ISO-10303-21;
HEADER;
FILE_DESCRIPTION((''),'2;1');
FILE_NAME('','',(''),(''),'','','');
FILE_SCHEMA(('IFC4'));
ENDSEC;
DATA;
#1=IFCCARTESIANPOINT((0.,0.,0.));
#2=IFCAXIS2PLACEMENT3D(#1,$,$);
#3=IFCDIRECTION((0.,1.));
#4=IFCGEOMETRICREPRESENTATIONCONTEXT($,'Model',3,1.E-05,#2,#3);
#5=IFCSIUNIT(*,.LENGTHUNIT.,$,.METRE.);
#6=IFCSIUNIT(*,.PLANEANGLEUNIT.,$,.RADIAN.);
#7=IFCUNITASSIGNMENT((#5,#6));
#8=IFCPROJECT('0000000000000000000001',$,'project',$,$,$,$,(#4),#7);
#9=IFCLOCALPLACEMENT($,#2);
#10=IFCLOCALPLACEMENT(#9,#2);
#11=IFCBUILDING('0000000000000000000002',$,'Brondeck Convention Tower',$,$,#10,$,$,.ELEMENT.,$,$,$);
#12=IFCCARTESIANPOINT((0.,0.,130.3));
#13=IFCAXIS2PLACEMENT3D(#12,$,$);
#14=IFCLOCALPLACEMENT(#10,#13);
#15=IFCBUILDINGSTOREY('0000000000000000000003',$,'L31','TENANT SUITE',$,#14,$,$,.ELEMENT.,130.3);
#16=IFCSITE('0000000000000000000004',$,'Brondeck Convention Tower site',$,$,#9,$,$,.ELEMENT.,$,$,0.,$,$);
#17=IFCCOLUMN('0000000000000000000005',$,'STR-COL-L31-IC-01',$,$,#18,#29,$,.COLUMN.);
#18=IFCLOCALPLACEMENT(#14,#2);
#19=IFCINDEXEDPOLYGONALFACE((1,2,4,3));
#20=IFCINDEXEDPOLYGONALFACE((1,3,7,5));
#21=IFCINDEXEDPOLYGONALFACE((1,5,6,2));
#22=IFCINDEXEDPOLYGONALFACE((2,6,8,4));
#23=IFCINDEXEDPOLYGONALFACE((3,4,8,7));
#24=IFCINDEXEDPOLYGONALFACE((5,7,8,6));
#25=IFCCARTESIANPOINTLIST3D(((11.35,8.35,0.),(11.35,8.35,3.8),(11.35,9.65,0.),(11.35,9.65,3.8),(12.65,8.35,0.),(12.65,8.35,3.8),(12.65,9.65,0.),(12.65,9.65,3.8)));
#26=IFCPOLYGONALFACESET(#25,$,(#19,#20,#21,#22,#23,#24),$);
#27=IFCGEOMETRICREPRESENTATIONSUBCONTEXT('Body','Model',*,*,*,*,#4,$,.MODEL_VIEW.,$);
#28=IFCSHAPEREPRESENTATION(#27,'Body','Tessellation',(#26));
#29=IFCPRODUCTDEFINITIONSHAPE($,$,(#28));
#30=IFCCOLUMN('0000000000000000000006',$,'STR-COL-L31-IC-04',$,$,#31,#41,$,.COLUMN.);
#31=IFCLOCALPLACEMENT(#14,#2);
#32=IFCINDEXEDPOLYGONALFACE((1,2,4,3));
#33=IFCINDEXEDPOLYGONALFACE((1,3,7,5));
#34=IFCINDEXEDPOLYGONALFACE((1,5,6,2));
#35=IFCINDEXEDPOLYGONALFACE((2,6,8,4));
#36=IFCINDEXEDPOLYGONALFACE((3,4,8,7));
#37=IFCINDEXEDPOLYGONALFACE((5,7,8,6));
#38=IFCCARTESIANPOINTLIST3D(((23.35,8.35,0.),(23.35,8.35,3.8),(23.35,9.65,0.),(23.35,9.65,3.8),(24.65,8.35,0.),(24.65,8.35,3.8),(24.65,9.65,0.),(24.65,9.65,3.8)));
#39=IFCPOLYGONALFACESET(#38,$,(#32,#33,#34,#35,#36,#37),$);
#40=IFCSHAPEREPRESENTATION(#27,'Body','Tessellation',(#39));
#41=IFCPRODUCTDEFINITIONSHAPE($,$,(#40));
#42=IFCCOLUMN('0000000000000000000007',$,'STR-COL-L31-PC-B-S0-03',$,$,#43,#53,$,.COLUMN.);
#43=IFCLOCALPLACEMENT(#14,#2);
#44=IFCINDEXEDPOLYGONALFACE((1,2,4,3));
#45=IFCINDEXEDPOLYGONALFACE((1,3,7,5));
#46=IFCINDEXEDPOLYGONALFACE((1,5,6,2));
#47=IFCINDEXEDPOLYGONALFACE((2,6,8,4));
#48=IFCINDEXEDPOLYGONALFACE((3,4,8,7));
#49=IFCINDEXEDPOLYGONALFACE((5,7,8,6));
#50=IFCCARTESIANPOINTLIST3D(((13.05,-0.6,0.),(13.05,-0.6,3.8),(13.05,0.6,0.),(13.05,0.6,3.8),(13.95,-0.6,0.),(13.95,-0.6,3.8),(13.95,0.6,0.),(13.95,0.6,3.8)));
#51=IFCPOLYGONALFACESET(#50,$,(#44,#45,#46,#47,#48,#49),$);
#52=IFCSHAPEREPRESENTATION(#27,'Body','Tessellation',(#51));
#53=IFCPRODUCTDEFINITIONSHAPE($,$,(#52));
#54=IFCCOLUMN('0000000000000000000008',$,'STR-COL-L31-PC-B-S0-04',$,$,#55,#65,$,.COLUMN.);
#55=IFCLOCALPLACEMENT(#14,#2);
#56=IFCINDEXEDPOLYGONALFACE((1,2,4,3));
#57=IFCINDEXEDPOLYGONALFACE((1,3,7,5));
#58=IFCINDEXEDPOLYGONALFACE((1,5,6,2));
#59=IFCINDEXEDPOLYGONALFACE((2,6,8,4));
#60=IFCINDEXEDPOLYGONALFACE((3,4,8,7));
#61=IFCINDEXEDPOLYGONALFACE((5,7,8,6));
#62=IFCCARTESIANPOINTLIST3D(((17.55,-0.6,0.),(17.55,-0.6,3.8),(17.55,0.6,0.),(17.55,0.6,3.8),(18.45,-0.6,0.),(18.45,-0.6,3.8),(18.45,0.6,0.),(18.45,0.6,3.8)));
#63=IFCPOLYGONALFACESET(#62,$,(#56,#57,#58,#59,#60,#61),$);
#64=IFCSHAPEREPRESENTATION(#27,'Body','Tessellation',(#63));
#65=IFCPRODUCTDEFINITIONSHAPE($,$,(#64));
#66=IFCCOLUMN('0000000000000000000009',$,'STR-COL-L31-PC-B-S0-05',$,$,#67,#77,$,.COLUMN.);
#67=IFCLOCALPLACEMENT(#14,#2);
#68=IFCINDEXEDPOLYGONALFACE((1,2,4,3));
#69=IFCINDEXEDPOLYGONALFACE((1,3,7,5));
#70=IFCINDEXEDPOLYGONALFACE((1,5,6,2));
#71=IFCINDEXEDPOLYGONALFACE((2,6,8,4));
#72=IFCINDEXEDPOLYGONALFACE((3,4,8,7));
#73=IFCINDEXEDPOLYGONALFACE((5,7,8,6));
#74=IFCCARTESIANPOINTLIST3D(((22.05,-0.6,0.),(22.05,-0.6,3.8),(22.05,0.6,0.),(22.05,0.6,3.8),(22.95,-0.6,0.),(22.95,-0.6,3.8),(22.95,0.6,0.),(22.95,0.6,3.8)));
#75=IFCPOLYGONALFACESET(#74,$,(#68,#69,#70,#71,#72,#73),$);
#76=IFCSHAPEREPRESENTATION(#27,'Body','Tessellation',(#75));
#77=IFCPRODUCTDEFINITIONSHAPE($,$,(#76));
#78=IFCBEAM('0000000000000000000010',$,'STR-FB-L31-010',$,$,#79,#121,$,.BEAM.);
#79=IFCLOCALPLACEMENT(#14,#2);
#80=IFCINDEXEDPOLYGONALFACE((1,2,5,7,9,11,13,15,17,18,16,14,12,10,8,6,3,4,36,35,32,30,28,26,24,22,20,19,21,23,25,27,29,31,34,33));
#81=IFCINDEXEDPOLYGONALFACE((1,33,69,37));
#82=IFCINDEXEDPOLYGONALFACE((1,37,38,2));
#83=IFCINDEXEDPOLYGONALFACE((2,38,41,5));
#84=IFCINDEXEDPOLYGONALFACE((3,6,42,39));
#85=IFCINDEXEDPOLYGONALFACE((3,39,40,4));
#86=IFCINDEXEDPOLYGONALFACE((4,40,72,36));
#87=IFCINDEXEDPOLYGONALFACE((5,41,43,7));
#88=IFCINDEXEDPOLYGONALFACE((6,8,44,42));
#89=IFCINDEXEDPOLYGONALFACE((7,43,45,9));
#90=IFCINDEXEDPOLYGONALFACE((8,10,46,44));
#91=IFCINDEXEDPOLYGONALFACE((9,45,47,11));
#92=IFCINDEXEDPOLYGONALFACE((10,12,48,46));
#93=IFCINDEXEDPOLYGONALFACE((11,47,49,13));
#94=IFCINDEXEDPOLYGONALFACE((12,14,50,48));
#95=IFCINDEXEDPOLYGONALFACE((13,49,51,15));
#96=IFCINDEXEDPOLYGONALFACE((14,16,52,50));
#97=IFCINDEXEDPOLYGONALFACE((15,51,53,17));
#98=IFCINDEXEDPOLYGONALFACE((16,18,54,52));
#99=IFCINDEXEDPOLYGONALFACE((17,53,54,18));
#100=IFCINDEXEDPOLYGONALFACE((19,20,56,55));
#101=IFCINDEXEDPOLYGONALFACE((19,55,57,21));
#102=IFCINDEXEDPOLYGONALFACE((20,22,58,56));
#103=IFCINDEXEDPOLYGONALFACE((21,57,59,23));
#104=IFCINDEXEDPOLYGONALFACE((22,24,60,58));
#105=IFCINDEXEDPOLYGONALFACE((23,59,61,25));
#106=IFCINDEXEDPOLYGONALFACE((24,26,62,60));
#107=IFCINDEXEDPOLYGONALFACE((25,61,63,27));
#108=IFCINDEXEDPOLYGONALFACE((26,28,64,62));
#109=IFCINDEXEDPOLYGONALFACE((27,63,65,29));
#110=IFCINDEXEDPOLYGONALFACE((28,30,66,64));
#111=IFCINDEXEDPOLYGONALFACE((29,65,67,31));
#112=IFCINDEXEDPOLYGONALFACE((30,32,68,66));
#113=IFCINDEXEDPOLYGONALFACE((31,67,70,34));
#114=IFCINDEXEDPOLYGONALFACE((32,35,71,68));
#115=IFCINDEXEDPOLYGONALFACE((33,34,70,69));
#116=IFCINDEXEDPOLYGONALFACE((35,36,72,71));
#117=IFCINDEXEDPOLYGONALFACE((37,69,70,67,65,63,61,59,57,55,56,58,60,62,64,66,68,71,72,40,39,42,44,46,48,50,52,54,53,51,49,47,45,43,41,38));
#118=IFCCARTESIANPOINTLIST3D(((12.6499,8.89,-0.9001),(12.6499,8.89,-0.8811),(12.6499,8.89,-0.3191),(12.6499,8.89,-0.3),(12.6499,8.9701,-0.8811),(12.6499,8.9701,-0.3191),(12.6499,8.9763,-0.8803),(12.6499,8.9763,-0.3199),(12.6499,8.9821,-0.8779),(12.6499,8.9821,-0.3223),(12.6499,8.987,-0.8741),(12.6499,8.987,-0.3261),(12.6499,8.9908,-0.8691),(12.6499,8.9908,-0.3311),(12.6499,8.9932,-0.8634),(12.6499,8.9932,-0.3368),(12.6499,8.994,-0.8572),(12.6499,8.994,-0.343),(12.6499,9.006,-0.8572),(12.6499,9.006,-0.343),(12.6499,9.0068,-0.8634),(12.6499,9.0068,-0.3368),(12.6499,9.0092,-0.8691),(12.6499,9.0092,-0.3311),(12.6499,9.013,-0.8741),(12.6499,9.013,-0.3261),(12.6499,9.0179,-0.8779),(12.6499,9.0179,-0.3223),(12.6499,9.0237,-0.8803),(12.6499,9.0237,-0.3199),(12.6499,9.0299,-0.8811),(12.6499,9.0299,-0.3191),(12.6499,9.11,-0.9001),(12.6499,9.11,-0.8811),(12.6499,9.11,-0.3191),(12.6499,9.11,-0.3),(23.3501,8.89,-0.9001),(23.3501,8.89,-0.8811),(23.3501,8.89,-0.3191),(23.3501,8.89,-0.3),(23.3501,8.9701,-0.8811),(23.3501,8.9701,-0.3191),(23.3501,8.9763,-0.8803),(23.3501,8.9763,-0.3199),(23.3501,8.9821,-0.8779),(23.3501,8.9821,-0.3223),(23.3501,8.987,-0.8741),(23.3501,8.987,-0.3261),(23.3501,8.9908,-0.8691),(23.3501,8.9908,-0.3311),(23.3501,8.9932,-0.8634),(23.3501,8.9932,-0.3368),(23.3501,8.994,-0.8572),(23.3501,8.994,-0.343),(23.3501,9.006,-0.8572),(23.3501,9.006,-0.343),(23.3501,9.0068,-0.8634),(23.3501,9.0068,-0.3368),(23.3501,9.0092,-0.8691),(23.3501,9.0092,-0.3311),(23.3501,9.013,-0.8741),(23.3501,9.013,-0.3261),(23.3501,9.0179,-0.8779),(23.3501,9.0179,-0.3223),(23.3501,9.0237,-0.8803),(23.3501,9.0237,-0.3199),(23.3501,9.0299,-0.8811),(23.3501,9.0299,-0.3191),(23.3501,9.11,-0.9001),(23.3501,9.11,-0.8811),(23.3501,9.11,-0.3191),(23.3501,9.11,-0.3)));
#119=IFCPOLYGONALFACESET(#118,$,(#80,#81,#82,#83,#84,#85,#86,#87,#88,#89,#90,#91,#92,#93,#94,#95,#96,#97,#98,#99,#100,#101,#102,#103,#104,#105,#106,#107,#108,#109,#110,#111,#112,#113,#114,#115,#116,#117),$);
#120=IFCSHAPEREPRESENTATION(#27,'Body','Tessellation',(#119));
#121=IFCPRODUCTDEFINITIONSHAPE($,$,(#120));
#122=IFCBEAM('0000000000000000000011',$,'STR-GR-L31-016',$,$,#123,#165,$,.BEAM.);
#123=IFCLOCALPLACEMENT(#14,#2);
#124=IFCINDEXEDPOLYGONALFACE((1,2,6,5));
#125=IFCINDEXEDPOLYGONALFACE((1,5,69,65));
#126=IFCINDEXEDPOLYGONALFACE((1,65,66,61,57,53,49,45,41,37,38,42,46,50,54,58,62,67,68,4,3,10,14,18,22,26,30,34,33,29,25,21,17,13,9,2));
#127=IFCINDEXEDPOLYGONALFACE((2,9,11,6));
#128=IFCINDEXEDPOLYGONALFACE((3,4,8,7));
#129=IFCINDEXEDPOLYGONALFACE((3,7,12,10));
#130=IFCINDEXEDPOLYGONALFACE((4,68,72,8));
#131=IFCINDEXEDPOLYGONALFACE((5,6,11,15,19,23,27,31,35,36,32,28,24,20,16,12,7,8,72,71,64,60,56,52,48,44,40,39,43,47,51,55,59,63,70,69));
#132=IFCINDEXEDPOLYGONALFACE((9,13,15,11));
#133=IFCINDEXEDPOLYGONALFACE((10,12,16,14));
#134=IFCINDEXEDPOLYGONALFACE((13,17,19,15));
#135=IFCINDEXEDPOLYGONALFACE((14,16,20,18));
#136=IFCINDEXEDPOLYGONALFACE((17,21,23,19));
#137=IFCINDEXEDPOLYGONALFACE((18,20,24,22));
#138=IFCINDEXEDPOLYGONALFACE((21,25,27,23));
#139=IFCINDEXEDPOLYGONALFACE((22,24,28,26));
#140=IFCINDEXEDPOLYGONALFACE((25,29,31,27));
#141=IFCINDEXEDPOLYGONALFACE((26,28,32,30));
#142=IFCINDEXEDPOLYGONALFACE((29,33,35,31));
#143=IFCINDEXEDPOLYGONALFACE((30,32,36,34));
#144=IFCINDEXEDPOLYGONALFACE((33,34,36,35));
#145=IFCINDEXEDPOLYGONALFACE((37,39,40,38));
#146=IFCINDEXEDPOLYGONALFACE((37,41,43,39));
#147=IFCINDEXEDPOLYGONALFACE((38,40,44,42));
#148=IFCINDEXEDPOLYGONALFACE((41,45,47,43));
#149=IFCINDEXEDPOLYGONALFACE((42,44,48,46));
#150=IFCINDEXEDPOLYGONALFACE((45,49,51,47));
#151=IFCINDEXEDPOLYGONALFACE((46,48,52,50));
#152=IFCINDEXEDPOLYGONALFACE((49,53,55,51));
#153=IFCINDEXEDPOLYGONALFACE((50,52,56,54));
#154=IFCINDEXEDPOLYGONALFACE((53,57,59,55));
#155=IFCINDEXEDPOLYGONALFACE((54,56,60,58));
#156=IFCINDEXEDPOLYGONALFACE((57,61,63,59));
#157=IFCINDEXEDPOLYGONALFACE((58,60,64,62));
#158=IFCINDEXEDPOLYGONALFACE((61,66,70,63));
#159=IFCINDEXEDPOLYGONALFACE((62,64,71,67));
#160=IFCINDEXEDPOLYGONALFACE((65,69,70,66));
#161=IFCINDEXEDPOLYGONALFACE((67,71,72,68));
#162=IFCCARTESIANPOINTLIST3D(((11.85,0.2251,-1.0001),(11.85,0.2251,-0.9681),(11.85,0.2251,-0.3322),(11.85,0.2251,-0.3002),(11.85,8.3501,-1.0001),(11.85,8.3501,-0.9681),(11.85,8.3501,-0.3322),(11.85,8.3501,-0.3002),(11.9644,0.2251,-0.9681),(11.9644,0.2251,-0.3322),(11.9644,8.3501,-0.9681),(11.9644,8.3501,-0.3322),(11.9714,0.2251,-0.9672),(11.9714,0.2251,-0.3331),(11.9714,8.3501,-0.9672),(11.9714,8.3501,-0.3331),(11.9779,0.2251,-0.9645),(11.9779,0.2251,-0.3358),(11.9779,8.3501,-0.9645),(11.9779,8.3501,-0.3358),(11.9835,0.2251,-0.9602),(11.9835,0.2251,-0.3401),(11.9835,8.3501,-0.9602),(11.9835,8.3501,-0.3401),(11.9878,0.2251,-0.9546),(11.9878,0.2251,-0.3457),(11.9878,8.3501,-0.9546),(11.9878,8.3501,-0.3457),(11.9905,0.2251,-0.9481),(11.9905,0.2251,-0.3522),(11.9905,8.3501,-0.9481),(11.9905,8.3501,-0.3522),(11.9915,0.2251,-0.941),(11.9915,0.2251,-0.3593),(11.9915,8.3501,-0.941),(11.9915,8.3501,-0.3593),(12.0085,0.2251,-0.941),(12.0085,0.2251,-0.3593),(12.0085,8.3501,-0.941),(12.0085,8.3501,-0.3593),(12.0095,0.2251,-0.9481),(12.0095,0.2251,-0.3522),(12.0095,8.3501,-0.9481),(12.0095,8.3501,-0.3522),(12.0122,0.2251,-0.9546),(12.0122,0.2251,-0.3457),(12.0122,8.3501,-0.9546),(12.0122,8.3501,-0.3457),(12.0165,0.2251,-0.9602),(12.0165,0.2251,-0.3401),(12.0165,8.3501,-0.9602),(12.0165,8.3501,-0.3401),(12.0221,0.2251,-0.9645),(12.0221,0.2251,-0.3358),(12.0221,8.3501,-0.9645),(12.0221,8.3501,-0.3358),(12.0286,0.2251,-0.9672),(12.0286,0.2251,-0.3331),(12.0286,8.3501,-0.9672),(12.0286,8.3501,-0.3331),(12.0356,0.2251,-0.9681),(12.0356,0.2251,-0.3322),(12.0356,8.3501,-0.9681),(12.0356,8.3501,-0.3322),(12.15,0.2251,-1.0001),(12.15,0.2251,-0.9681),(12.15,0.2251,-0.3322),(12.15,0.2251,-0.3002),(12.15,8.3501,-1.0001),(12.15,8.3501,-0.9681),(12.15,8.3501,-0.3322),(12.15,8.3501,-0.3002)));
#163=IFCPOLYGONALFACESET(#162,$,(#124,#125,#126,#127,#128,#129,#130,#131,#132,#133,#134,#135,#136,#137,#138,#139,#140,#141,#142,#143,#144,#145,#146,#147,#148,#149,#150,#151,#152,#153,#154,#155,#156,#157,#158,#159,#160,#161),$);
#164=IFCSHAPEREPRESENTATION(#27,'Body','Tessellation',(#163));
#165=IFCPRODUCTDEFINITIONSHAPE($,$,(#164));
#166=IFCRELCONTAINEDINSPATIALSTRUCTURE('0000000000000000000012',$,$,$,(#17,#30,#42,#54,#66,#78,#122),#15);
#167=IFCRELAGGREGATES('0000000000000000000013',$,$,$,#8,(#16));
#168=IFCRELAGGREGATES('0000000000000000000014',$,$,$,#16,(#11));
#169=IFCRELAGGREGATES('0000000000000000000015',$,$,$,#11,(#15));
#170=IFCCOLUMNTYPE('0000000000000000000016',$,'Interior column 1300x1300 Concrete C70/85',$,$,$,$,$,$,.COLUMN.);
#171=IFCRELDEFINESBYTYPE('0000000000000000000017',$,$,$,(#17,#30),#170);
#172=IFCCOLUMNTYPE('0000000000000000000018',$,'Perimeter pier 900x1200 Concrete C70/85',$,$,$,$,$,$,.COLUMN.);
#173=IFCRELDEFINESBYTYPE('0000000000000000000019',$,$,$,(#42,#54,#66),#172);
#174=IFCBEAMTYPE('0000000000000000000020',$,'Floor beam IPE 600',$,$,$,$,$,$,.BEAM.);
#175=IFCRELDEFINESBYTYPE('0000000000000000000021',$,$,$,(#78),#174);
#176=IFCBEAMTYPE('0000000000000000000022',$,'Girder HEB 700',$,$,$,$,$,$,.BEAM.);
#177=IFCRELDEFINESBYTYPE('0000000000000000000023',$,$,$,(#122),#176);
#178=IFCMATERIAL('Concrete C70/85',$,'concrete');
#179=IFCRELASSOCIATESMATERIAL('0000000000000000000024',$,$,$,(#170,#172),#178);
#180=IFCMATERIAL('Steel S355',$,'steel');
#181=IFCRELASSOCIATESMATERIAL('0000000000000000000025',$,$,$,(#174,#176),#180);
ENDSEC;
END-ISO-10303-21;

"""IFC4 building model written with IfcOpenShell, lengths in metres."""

from ifc_helpers import new_model, si_unit, direction, frame, origin, origin_2d, place, context, subcontext, project, spatial, rectangle, i_section, extrude, material, material_profile, profile_set, type_object, element, save


model = new_model("IFC4")

# Units and contexts
model_context = context("Model", 3, precision=1e-05, world=origin(), true_north=direction((0.0, 1.0)))
body_context = subcontext(model_context, "Body", "Model", "MODEL_VIEW")
ifc_project = project(units=[si_unit("LENGTHUNIT", "METRE"), si_unit("PLANEANGLEUNIT", "RADIAN")], contexts=[model_context])

# Site, building, storey
site_placement = place(None, origin())
site = spatial("IfcSite", under=ifc_project, at=site_placement, Name="Brondeck Convention Tower site", CompositionType="ELEMENT", RefElevation=0.0)
building_placement = place(site_placement, origin())
building = spatial("IfcBuilding", under=site, at=building_placement, Name="Brondeck Convention Tower", CompositionType="ELEMENT")
storey_placement = place(building_placement, frame((0.0, 0.0, 130.3)))
storey = spatial("IfcBuildingStorey", under=building, at=storey_placement, Name="L31", Description="TENANT SUITE", CompositionType="ELEMENT", Elevation=130.3)

# Columns
ifc_material_1 = material(Name="Concrete C70/85", Category="concrete")
ifc_material_profile_1 = material_profile(ifc_material_1, rectangle(XDim=1.3, YDim=1.3, at=origin_2d()), Name="Interior column 1300x1300 Concrete C70/85")
ifc_profile_set_1 = profile_set([ifc_material_profile_1], Name="Concrete C70/85")
column_type_1 = type_object("IfcColumnType", Name="Interior column 1300x1300 Concrete C70/85", PredefinedType="COLUMN", material=ifc_profile_set_1)
for number, where, z_axis, x_axis, name in (
    (1, (12.0, 9.0, 0.0), (0.0, 0.0, 1.0), (1.0, 0.0, 0.0), "STR-COL-L31-IC-01"),
    (2, (24.0, 9.0, 0.0), (0.0, 0.0, 1.0), (1.0, 0.0, 0.0), "STR-COL-L31-IC-04"),
):
    element("IfcColumn", number, at=place(storey_placement, frame(where, z_axis=z_axis, x_axis=x_axis)), inside=storey, type_object=column_type_1, Name=name, PredefinedType="COLUMN", context=body_context, shape_type="SweptSolid", body=[
        extrude(rectangle(XDim=1.3, YDim=1.3, at=origin_2d()), origin(), (0.0, 0.0, 1.0), 3.8),
    ])
ifc_material_profile_2 = material_profile(ifc_material_1, rectangle(XDim=0.8999, YDim=1.2, at=origin_2d()), Name="Perimeter pier 900x1200 Concrete C70/85")
ifc_profile_set_2 = profile_set([ifc_material_profile_2], Name="Concrete C70/85")
column_type_2 = type_object("IfcColumnType", Name="Perimeter pier 900x1200 Concrete C70/85", PredefinedType="COLUMN", material=ifc_profile_set_2)
for number, where, z_axis, x_axis, name in (
    (3, (13.5, 0.0, 0.0), (0.0, 0.0, 1.0), (1.0, 0.0, 0.0), "STR-COL-L31-PC-B-S0-03"),
    (4, (18.0, 0.0, 0.0), (0.0, 0.0, 1.0), (1.0, 0.0, 0.0), "STR-COL-L31-PC-B-S0-04"),
    (5, (22.5, 0.0, 0.0), (0.0, 0.0, 1.0), (1.0, 0.0, 0.0), "STR-COL-L31-PC-B-S0-05"),
):
    element("IfcColumn", number, at=place(storey_placement, frame(where, z_axis=z_axis, x_axis=x_axis)), inside=storey, type_object=column_type_2, Name=name, PredefinedType="COLUMN", context=body_context, shape_type="SweptSolid", body=[
        extrude(rectangle(XDim=0.8999, YDim=1.2, at=origin_2d()), origin(), (0.0, 0.0, 1.0), 3.8),
    ])

# Beams
ifc_material_2 = material(Name="Steel S355", Category="steel")
ifc_material_profile_3 = material_profile(ifc_material_2, i_section(OverallWidth=0.22, OverallDepth=0.6001, WebThickness=0.012, FlangeThickness=0.019, FilletRadius=0.0239, at=origin_2d()), Name="IPE 600")
ifc_profile_set_3 = profile_set([ifc_material_profile_3], Name="Steel S355")
beam_type_1 = type_object("IfcBeamType", Name="Floor beam IPE 600", PredefinedType="BEAM", material=ifc_profile_set_3)
beam_1_placement = place(storey_placement, frame((12.6499, 9.0, -0.6001), z_axis=(1.0, 0.0, 0.0), x_axis=(0.0, 1.0, 0.0)))
element("IfcBeam", 6, at=beam_1_placement, inside=storey, type_object=beam_type_1, Name="STR-FB-L31-010", PredefinedType="BEAM", context=body_context, shape_type="SweptSolid", body=[
    extrude(i_section(OverallWidth=0.22, OverallDepth=0.6001, WebThickness=0.012, FlangeThickness=0.019, FilletRadius=0.0239, at=origin_2d()), origin(), (0.0, 0.0, 1.0), 10.7002),
])
ifc_material_profile_4 = material_profile(ifc_material_2, i_section(OverallWidth=0.3, OverallDepth=0.7, WebThickness=0.0171, FlangeThickness=0.032, FilletRadius=0.0271, at=origin_2d()), Name="HEB 700")
ifc_profile_set_4 = profile_set([ifc_material_profile_4], Name="Steel S355")
beam_type_2 = type_object("IfcBeamType", Name="Girder HEB 700", PredefinedType="BEAM", material=ifc_profile_set_4)
beam_2_placement = place(storey_placement, frame((12.0, 8.3501, -0.6501), z_axis=(0.0, -1.0, 0.0), x_axis=(1.0, 0.0, 0.0)))
element("IfcBeam", 7, at=beam_2_placement, inside=storey, type_object=beam_type_2, Name="STR-GR-L31-016", PredefinedType="BEAM", context=body_context, shape_type="SweptSolid", body=[
    extrude(i_section(OverallWidth=0.3, OverallDepth=0.7, WebThickness=0.0171, FlangeThickness=0.032, FilletRadius=0.0271, at=origin_2d()), origin(), (0.0, 0.0, 1.0), 8.125),
])

save(model, "model.ifc")
